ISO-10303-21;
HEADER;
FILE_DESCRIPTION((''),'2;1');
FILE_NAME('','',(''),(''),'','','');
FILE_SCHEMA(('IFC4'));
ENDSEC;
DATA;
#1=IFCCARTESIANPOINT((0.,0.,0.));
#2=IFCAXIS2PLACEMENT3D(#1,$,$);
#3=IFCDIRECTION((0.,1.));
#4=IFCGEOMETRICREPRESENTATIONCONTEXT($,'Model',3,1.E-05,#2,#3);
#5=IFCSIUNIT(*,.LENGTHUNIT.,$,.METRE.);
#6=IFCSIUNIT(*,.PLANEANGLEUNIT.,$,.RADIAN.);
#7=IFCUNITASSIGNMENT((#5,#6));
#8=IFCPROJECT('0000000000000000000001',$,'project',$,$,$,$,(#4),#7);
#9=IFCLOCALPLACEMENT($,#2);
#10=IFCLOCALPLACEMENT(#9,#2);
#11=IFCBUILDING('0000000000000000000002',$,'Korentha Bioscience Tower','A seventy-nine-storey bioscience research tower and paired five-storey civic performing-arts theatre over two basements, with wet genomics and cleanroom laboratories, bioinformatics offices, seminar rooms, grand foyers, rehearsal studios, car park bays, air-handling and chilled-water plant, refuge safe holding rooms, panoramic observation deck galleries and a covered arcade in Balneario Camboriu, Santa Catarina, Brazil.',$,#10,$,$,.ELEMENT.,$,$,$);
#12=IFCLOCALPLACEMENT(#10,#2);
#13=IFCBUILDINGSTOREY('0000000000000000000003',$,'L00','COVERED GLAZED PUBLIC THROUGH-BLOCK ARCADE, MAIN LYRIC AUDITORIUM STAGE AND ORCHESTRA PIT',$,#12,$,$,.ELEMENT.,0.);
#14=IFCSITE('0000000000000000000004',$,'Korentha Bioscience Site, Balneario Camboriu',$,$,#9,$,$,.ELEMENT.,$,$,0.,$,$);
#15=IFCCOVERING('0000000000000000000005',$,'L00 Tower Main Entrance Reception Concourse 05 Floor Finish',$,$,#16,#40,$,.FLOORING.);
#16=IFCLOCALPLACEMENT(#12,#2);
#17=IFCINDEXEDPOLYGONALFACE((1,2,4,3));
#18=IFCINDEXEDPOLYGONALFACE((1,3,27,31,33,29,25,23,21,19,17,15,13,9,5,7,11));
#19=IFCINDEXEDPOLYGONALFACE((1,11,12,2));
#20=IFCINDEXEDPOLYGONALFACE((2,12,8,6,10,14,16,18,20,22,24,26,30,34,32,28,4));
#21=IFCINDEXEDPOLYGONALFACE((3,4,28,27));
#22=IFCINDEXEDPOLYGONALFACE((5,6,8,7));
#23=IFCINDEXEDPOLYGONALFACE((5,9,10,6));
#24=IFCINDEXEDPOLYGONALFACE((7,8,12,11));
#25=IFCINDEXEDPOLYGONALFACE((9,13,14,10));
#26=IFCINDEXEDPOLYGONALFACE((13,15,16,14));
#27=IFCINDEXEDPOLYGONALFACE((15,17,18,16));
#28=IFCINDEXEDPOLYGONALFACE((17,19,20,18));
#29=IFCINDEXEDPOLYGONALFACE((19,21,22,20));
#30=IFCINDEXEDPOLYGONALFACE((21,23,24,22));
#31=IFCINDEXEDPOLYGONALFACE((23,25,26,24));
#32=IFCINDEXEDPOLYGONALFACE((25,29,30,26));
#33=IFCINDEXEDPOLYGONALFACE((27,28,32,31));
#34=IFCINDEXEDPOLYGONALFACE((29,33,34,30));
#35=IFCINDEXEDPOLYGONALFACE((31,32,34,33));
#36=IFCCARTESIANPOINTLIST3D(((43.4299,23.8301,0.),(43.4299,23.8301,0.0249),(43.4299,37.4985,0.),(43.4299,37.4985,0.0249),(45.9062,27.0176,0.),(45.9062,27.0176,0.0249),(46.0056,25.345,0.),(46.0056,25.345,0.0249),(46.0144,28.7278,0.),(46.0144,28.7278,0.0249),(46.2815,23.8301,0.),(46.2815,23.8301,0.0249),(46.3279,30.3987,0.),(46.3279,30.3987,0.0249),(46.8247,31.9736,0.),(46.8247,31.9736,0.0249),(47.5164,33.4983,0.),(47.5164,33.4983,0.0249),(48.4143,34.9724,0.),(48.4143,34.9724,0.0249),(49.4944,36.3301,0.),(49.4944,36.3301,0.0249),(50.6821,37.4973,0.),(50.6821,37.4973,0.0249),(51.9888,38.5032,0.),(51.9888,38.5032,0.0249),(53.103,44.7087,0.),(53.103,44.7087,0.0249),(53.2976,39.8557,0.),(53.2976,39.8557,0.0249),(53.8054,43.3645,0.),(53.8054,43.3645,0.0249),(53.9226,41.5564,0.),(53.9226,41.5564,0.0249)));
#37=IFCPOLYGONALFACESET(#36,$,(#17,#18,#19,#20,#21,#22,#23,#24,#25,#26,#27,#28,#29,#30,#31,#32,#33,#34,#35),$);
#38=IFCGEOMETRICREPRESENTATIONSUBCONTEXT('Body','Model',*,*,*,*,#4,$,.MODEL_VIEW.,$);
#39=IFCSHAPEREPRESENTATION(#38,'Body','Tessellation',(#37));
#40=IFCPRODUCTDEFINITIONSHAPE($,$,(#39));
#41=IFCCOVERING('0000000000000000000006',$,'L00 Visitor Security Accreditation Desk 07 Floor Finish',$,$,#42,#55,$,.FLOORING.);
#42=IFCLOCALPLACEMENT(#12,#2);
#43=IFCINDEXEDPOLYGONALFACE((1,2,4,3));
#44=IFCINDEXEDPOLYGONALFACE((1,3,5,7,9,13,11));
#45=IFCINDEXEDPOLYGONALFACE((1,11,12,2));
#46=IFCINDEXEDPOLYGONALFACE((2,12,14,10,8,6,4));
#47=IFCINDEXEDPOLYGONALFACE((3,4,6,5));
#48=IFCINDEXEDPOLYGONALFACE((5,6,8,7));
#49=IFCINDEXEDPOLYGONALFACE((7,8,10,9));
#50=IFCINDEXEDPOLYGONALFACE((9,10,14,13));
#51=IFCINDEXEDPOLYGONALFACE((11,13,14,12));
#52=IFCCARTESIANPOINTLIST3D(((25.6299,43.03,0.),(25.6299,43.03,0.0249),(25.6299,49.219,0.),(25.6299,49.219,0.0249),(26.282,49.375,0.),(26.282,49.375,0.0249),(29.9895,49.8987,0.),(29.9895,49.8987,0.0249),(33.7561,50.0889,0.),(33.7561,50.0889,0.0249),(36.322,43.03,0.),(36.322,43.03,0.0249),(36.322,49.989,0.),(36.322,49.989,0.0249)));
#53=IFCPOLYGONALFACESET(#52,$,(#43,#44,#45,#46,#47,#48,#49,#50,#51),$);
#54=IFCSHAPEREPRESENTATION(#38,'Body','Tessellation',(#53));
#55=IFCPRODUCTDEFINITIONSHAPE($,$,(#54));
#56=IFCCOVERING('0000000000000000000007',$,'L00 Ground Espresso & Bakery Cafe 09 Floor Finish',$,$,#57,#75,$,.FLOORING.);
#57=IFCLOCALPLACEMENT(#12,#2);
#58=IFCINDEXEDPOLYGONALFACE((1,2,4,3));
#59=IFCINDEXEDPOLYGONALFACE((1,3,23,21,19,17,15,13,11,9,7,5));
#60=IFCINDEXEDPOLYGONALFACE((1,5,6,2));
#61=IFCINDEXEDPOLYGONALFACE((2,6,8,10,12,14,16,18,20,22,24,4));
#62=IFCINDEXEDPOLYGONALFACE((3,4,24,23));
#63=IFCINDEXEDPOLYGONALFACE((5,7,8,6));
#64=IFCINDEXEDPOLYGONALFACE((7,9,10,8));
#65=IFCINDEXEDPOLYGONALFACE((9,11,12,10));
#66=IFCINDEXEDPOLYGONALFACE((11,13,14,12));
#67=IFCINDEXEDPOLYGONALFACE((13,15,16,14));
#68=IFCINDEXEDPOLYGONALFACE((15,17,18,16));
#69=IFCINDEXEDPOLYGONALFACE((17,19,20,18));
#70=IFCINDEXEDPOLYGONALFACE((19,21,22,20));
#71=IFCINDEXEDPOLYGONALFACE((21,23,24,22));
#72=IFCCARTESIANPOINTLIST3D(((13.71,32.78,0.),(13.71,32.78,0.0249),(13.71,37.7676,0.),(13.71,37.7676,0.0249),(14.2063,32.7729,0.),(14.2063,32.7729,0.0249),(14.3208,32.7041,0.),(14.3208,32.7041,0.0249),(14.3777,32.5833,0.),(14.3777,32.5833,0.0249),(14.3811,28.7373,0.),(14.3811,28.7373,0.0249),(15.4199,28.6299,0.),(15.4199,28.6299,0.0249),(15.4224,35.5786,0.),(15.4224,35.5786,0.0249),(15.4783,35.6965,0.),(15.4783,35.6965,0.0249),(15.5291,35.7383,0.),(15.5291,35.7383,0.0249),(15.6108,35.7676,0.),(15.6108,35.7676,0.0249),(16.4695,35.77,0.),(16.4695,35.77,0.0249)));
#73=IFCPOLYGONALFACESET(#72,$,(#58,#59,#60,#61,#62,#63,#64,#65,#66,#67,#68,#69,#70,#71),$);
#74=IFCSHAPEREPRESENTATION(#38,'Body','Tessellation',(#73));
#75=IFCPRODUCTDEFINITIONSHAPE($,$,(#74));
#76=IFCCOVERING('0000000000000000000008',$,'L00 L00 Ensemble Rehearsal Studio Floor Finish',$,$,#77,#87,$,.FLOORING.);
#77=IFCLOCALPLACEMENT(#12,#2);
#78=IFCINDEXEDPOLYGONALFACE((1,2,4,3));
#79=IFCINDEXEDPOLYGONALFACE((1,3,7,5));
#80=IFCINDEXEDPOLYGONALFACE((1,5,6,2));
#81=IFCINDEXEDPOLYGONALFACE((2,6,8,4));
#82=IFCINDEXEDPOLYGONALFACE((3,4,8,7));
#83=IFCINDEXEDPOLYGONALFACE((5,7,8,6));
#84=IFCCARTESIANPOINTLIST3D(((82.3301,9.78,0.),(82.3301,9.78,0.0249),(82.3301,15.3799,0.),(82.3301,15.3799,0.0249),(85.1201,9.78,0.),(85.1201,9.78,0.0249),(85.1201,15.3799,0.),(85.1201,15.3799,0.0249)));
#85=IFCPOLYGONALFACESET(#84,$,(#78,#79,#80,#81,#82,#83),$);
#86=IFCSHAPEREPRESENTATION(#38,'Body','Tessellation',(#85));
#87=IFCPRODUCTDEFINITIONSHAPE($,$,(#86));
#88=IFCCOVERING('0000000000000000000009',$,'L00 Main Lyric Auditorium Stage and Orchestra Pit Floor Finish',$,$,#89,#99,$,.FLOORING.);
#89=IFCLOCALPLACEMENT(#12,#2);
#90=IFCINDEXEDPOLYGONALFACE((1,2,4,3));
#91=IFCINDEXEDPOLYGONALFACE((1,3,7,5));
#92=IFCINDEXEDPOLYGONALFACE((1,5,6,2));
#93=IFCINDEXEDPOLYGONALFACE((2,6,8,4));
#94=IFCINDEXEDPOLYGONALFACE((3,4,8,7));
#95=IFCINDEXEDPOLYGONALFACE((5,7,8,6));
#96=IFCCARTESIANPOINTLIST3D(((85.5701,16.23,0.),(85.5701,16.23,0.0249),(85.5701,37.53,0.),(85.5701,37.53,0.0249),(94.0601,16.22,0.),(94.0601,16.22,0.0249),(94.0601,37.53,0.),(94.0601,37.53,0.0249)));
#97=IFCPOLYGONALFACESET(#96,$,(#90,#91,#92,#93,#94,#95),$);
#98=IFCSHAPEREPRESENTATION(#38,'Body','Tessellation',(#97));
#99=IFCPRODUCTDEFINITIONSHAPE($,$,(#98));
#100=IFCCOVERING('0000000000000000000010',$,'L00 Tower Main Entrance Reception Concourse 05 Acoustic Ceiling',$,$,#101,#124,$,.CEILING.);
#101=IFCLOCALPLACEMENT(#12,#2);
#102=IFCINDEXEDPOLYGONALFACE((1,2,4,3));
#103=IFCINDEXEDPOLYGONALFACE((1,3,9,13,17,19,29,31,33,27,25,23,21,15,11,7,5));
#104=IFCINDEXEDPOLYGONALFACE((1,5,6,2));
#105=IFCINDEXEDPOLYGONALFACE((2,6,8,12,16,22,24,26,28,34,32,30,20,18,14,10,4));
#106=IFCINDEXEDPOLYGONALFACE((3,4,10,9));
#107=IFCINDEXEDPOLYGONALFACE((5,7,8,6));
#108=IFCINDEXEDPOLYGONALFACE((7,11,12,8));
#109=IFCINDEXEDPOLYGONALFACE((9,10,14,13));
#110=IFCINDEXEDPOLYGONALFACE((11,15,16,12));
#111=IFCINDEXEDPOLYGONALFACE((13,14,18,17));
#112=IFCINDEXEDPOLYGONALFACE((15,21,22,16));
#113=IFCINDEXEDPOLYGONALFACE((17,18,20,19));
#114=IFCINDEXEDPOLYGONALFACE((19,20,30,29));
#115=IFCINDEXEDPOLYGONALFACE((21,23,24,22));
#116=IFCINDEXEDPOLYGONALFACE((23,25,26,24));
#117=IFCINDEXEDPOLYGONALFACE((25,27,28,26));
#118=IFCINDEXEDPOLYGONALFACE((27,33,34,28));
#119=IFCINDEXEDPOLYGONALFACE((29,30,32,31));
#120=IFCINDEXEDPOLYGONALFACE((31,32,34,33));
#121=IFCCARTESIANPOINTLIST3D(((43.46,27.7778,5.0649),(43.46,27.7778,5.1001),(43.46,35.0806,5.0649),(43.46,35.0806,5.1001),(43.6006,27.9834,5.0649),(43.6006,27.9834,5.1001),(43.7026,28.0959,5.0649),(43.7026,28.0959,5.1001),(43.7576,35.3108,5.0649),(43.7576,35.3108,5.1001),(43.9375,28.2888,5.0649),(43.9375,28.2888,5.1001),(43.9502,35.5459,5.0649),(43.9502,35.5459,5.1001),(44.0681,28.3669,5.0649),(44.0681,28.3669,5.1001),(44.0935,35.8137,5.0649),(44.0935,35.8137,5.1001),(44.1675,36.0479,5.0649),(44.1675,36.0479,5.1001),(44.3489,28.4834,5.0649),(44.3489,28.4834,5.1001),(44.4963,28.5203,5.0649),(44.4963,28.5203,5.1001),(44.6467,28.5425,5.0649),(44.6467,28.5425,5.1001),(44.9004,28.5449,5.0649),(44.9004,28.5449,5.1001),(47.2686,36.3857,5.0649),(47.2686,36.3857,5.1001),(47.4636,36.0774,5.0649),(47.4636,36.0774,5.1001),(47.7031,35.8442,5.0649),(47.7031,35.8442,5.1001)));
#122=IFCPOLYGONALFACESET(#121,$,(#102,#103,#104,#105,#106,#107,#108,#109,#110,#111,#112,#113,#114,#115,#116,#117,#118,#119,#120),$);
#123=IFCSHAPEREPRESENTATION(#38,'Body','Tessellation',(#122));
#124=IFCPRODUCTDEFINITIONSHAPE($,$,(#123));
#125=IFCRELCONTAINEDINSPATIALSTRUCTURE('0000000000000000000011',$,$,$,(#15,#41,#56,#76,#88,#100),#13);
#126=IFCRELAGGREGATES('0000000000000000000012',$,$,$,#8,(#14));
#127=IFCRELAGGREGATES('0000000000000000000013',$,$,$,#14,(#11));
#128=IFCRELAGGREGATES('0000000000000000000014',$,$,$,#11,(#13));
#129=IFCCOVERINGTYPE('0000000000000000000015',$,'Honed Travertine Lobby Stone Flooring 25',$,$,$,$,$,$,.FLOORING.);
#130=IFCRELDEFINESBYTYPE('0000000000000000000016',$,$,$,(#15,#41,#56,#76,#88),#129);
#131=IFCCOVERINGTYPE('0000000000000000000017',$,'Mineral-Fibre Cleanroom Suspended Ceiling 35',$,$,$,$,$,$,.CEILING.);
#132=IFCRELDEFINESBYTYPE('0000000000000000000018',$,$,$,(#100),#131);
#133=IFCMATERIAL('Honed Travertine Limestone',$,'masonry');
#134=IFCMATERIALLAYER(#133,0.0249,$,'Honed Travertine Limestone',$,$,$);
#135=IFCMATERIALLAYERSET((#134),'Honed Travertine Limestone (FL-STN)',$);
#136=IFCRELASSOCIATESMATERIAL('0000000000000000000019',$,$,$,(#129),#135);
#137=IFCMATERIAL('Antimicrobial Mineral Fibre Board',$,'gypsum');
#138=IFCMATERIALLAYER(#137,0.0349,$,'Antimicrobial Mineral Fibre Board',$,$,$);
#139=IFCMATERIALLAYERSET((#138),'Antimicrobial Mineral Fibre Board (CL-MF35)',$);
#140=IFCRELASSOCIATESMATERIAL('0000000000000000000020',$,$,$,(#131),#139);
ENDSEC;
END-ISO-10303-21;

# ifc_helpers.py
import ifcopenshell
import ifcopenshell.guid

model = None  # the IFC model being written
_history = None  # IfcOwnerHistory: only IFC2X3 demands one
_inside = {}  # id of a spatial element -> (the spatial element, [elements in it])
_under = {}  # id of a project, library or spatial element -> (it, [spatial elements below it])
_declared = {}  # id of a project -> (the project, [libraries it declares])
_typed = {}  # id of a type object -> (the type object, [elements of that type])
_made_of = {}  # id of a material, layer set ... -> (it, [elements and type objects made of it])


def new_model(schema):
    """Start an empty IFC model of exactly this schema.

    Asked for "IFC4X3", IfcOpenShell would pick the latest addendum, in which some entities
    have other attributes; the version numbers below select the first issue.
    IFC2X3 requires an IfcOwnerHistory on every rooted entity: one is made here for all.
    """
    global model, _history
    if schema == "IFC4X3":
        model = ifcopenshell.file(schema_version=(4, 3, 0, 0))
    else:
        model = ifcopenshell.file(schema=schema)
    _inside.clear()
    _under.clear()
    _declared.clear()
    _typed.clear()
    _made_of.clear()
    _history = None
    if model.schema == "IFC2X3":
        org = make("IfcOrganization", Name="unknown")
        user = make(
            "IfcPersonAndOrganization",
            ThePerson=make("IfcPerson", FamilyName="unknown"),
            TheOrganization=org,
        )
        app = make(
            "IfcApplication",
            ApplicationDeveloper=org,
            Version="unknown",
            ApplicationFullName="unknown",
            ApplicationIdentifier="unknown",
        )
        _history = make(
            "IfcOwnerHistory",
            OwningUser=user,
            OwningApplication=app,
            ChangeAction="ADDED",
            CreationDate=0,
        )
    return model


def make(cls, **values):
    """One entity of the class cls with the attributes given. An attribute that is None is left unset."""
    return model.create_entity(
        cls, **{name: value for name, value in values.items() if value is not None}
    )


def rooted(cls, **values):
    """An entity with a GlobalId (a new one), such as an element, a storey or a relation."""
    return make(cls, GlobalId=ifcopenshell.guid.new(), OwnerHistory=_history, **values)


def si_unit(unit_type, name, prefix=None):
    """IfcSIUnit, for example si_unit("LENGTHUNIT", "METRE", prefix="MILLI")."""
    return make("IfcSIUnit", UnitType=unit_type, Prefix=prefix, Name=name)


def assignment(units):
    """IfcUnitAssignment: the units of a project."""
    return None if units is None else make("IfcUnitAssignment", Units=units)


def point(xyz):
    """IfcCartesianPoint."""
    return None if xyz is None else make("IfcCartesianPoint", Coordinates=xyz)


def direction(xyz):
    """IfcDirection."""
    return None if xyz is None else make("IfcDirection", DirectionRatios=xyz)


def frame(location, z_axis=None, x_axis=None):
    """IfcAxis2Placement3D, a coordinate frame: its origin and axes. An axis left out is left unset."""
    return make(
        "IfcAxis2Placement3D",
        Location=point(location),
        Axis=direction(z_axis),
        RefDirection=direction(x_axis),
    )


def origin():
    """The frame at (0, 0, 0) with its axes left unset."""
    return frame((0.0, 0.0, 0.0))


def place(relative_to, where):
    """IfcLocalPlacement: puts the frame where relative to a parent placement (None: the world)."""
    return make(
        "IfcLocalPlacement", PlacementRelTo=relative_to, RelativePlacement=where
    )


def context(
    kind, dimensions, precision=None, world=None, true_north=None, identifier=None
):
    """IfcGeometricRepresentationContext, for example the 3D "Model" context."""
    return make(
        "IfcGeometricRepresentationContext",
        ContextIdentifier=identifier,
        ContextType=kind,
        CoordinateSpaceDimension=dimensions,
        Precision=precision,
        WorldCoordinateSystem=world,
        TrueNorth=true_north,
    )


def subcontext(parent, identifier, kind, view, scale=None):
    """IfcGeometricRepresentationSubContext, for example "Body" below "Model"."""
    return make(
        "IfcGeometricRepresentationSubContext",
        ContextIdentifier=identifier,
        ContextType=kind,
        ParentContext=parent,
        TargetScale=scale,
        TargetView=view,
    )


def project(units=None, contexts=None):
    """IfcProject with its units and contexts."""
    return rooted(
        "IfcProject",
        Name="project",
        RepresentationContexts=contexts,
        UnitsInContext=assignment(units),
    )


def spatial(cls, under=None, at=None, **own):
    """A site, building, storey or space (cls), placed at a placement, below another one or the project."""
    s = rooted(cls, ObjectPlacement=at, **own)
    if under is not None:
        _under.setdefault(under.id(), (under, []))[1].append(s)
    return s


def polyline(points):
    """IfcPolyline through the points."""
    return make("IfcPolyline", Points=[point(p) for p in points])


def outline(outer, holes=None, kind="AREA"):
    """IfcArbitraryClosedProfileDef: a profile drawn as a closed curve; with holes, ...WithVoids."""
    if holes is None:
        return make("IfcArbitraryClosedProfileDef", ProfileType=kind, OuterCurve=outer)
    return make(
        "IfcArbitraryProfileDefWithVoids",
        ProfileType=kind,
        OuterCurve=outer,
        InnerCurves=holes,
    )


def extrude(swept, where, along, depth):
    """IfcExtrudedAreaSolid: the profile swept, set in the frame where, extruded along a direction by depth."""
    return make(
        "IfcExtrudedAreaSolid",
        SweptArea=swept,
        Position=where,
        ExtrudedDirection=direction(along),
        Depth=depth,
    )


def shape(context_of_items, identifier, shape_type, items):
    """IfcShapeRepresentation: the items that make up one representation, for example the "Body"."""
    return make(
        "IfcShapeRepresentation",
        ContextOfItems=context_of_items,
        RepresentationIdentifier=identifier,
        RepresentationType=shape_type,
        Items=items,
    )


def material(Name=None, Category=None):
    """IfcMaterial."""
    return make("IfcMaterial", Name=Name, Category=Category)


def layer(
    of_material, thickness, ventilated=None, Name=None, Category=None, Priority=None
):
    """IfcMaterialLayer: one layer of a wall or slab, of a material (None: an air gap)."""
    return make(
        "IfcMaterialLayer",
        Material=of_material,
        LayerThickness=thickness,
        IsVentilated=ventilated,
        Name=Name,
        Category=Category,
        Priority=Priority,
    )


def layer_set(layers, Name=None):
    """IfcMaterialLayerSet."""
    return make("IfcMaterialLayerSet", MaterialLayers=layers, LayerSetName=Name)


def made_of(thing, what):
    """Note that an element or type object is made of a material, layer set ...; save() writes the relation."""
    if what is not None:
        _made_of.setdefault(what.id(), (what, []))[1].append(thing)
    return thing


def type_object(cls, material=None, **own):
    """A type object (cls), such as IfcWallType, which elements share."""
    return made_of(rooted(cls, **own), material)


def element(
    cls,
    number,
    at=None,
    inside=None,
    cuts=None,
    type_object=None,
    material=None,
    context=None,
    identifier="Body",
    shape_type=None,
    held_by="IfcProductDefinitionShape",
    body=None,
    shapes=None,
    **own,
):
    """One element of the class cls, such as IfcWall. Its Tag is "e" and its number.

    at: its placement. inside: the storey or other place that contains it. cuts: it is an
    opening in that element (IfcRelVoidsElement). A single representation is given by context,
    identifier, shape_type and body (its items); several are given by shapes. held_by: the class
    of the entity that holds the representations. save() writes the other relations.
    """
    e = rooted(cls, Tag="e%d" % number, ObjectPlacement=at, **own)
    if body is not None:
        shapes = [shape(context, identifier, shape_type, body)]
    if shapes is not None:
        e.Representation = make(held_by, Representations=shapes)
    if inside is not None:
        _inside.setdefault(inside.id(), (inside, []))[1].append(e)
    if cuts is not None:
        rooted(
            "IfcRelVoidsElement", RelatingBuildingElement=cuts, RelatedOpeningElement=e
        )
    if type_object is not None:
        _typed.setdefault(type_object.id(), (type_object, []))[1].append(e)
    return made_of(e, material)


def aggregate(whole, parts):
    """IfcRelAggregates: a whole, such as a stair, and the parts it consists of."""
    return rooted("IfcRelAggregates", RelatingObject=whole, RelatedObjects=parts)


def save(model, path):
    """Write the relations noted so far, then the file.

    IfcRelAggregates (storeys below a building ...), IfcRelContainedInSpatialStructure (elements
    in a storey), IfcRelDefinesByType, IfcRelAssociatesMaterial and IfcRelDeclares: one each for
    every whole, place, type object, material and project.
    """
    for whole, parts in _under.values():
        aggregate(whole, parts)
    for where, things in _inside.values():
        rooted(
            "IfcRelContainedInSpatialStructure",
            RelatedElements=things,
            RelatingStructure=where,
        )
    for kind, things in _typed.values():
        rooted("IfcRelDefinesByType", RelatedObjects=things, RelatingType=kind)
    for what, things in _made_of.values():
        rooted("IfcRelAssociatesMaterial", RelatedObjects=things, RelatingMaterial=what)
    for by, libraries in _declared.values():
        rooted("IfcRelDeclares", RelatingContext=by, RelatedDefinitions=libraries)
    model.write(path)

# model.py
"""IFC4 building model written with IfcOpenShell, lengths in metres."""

from ifc_helpers import new_model, si_unit, direction, frame, origin, place, context, subcontext, project, spatial, polyline, outline, extrude, material, layer, layer_set, type_object, element, save


model = new_model("IFC4")

# Units and contexts
model_context = context("Model", 3, precision=1e-05, world=origin(), true_north=direction((0.0, 1.0)))
body_context = subcontext(model_context, "Body", "Model", "MODEL_VIEW")
ifc_project = project(units=[si_unit("LENGTHUNIT", "METRE"), si_unit("PLANEANGLEUNIT", "RADIAN")], contexts=[model_context])

# Site, building, storey
site_placement = place(None, origin())
site = spatial("IfcSite", under=ifc_project, at=site_placement, Name="Korentha Bioscience Site, Balneario Camboriu", CompositionType="ELEMENT", RefElevation=0.0)
building_placement = place(site_placement, origin())
building = spatial("IfcBuilding", under=site, at=building_placement, Name="Korentha Bioscience Tower", Description="A seventy-nine-storey bioscience research tower and paired five-storey civic performing-arts theatre over two basements, with wet genomics and cleanroom laboratories, bioinformatics offices, seminar rooms, grand foyers, rehearsal studios, car park bays, air-handling and chilled-water plant, refuge safe holding rooms, panoramic observation deck galleries and a covered arcade in Balneario Camboriu, Santa Catarina, Brazil.", CompositionType="ELEMENT")
storey_placement = place(building_placement, origin())
storey = spatial("IfcBuildingStorey", under=building, at=storey_placement, Name="L00", Description="COVERED GLAZED PUBLIC THROUGH-BLOCK ARCADE, MAIN LYRIC AUDITORIUM STAGE AND ORCHESTRA PIT", CompositionType="ELEMENT", Elevation=0.0)

# Coverings
ifc_material_1 = material(Name="Honed Travertine Limestone", Category="masonry")
ifc_layer_1 = layer(ifc_material_1, 0.0249, Name="Honed Travertine Limestone")
ifc_layer_set_1 = layer_set([ifc_layer_1], Name="Honed Travertine Limestone (FL-STN)")
covering_type_1 = type_object("IfcCoveringType", Name="Honed Travertine Lobby Stone Flooring 25", PredefinedType="FLOORING", material=ifc_layer_set_1)
covering_1_placement = place(storey_placement, origin())
element("IfcCovering", 1, at=covering_1_placement, inside=storey, type_object=covering_type_1, Name="L00 Tower Main Entrance Reception Concourse 05 Floor Finish", PredefinedType="FLOORING", context=body_context, shape_type="SweptSolid", body=[
    extrude(outline(polyline([(46.0056, 25.345), (46.2815, 23.8301), (43.4299, 23.8301), (43.4299, 37.4985), (53.103, 44.7087), (53.8054, 43.3645), (53.9226, 41.5564), (53.2976, 39.8557), (51.9888, 38.5032), (50.6821, 37.4973), (49.4944, 36.3301), (48.4143, 34.9724), (47.5164, 33.4983), (46.8247, 31.9736), (46.3279, 30.3987), (46.0144, 28.7278), (45.9062, 27.0176), (46.0056, 25.345)])), origin(), (0.0, 0.0, 1.0), 0.0249),
])
covering_2_placement = place(storey_placement, origin())
element("IfcCovering", 2, at=covering_2_placement, inside=storey, type_object=covering_type_1, Name="L00 Visitor Security Accreditation Desk 07 Floor Finish", PredefinedType="FLOORING", context=body_context, shape_type="SweptSolid", body=[
    extrude(outline(polyline([(25.6299, 49.219), (26.282, 49.375), (29.9895, 49.8987), (33.7561, 50.0889), (36.322, 49.989), (36.322, 43.03), (25.6299, 43.03), (25.6299, 49.219)])), origin(), (0.0, 0.0, 1.0), 0.0249),
])
covering_3_placement = place(storey_placement, origin())
element("IfcCovering", 3, at=covering_3_placement, inside=storey, type_object=covering_type_1, Name="L00 Ground Espresso & Bakery Cafe 09 Floor Finish", PredefinedType="FLOORING", context=body_context, shape_type="SweptSolid", body=[
    extrude(outline(polyline([(13.71, 32.78), (13.71, 37.7676), (16.4695, 35.77), (15.6108, 35.7676), (15.5291, 35.7383), (15.4783, 35.6965), (15.4224, 35.5786), (15.4199, 28.6299), (14.3811, 28.7373), (14.3777, 32.5833), (14.3208, 32.7041), (14.2063, 32.7729), (13.71, 32.78)])), origin(), (0.0, 0.0, 1.0), 0.0249),
])
covering_4_placement = place(storey_placement, origin())
element("IfcCovering", 4, at=covering_4_placement, inside=storey, type_object=covering_type_1, Name="L00 L00 Ensemble Rehearsal Studio Floor Finish", PredefinedType="FLOORING", context=body_context, shape_type="SweptSolid", body=[
    extrude(outline(polyline([(85.1201, 9.78), (82.3301, 9.78), (82.3301, 15.3799), (85.1201, 15.3799), (85.1201, 9.78)])), origin(), (0.0, 0.0, 1.0), 0.0249),
])
covering_5_placement = place(storey_placement, origin())
element("IfcCovering", 5, at=covering_5_placement, inside=storey, type_object=covering_type_1, Name="L00 Main Lyric Auditorium Stage and Orchestra Pit Floor Finish", PredefinedType="FLOORING", context=body_context, shape_type="SweptSolid", body=[
    extrude(outline(polyline([(94.0601, 16.22), (85.5701, 16.23), (85.5701, 37.53), (94.0601, 37.53), (94.0601, 16.22)])), origin(), (0.0, 0.0, 1.0), 0.0249),
])
ifc_material_2 = material(Name="Antimicrobial Mineral Fibre Board", Category="gypsum")
ifc_layer_2 = layer(ifc_material_2, 0.0349, Name="Antimicrobial Mineral Fibre Board")
ifc_layer_set_2 = layer_set([ifc_layer_2], Name="Antimicrobial Mineral Fibre Board (CL-MF35)")
covering_type_2 = type_object("IfcCoveringType", Name="Mineral-Fibre Cleanroom Suspended Ceiling 35", PredefinedType="CEILING", material=ifc_layer_set_2)
covering_6_placement = place(storey_placement, frame((0.0, 0.0, 5.0649)))
element("IfcCovering", 6, at=covering_6_placement, inside=storey, type_object=covering_type_2, Name="L00 Tower Main Entrance Reception Concourse 05 Acoustic Ceiling", PredefinedType="CEILING", context=body_context, shape_type="SweptSolid", body=[
    extrude(outline(polyline([(47.2686, 36.3857), (47.4636, 36.0774), (47.7031, 35.8442), (44.9004, 28.5449), (44.6467, 28.5425), (44.4963, 28.5203), (44.3489, 28.4834), (44.0681, 28.3669), (43.9375, 28.2888), (43.7026, 28.0959), (43.6006, 27.9834), (43.46, 27.7778), (43.46, 35.0806), (43.7576, 35.3108), (43.9502, 35.5459), (44.0935, 35.8137), (44.1675, 36.0479), (47.2686, 36.3857)])), origin(), (0.0, 0.0, 1.0), 0.0352),
])

save(model, "model.ifc")
